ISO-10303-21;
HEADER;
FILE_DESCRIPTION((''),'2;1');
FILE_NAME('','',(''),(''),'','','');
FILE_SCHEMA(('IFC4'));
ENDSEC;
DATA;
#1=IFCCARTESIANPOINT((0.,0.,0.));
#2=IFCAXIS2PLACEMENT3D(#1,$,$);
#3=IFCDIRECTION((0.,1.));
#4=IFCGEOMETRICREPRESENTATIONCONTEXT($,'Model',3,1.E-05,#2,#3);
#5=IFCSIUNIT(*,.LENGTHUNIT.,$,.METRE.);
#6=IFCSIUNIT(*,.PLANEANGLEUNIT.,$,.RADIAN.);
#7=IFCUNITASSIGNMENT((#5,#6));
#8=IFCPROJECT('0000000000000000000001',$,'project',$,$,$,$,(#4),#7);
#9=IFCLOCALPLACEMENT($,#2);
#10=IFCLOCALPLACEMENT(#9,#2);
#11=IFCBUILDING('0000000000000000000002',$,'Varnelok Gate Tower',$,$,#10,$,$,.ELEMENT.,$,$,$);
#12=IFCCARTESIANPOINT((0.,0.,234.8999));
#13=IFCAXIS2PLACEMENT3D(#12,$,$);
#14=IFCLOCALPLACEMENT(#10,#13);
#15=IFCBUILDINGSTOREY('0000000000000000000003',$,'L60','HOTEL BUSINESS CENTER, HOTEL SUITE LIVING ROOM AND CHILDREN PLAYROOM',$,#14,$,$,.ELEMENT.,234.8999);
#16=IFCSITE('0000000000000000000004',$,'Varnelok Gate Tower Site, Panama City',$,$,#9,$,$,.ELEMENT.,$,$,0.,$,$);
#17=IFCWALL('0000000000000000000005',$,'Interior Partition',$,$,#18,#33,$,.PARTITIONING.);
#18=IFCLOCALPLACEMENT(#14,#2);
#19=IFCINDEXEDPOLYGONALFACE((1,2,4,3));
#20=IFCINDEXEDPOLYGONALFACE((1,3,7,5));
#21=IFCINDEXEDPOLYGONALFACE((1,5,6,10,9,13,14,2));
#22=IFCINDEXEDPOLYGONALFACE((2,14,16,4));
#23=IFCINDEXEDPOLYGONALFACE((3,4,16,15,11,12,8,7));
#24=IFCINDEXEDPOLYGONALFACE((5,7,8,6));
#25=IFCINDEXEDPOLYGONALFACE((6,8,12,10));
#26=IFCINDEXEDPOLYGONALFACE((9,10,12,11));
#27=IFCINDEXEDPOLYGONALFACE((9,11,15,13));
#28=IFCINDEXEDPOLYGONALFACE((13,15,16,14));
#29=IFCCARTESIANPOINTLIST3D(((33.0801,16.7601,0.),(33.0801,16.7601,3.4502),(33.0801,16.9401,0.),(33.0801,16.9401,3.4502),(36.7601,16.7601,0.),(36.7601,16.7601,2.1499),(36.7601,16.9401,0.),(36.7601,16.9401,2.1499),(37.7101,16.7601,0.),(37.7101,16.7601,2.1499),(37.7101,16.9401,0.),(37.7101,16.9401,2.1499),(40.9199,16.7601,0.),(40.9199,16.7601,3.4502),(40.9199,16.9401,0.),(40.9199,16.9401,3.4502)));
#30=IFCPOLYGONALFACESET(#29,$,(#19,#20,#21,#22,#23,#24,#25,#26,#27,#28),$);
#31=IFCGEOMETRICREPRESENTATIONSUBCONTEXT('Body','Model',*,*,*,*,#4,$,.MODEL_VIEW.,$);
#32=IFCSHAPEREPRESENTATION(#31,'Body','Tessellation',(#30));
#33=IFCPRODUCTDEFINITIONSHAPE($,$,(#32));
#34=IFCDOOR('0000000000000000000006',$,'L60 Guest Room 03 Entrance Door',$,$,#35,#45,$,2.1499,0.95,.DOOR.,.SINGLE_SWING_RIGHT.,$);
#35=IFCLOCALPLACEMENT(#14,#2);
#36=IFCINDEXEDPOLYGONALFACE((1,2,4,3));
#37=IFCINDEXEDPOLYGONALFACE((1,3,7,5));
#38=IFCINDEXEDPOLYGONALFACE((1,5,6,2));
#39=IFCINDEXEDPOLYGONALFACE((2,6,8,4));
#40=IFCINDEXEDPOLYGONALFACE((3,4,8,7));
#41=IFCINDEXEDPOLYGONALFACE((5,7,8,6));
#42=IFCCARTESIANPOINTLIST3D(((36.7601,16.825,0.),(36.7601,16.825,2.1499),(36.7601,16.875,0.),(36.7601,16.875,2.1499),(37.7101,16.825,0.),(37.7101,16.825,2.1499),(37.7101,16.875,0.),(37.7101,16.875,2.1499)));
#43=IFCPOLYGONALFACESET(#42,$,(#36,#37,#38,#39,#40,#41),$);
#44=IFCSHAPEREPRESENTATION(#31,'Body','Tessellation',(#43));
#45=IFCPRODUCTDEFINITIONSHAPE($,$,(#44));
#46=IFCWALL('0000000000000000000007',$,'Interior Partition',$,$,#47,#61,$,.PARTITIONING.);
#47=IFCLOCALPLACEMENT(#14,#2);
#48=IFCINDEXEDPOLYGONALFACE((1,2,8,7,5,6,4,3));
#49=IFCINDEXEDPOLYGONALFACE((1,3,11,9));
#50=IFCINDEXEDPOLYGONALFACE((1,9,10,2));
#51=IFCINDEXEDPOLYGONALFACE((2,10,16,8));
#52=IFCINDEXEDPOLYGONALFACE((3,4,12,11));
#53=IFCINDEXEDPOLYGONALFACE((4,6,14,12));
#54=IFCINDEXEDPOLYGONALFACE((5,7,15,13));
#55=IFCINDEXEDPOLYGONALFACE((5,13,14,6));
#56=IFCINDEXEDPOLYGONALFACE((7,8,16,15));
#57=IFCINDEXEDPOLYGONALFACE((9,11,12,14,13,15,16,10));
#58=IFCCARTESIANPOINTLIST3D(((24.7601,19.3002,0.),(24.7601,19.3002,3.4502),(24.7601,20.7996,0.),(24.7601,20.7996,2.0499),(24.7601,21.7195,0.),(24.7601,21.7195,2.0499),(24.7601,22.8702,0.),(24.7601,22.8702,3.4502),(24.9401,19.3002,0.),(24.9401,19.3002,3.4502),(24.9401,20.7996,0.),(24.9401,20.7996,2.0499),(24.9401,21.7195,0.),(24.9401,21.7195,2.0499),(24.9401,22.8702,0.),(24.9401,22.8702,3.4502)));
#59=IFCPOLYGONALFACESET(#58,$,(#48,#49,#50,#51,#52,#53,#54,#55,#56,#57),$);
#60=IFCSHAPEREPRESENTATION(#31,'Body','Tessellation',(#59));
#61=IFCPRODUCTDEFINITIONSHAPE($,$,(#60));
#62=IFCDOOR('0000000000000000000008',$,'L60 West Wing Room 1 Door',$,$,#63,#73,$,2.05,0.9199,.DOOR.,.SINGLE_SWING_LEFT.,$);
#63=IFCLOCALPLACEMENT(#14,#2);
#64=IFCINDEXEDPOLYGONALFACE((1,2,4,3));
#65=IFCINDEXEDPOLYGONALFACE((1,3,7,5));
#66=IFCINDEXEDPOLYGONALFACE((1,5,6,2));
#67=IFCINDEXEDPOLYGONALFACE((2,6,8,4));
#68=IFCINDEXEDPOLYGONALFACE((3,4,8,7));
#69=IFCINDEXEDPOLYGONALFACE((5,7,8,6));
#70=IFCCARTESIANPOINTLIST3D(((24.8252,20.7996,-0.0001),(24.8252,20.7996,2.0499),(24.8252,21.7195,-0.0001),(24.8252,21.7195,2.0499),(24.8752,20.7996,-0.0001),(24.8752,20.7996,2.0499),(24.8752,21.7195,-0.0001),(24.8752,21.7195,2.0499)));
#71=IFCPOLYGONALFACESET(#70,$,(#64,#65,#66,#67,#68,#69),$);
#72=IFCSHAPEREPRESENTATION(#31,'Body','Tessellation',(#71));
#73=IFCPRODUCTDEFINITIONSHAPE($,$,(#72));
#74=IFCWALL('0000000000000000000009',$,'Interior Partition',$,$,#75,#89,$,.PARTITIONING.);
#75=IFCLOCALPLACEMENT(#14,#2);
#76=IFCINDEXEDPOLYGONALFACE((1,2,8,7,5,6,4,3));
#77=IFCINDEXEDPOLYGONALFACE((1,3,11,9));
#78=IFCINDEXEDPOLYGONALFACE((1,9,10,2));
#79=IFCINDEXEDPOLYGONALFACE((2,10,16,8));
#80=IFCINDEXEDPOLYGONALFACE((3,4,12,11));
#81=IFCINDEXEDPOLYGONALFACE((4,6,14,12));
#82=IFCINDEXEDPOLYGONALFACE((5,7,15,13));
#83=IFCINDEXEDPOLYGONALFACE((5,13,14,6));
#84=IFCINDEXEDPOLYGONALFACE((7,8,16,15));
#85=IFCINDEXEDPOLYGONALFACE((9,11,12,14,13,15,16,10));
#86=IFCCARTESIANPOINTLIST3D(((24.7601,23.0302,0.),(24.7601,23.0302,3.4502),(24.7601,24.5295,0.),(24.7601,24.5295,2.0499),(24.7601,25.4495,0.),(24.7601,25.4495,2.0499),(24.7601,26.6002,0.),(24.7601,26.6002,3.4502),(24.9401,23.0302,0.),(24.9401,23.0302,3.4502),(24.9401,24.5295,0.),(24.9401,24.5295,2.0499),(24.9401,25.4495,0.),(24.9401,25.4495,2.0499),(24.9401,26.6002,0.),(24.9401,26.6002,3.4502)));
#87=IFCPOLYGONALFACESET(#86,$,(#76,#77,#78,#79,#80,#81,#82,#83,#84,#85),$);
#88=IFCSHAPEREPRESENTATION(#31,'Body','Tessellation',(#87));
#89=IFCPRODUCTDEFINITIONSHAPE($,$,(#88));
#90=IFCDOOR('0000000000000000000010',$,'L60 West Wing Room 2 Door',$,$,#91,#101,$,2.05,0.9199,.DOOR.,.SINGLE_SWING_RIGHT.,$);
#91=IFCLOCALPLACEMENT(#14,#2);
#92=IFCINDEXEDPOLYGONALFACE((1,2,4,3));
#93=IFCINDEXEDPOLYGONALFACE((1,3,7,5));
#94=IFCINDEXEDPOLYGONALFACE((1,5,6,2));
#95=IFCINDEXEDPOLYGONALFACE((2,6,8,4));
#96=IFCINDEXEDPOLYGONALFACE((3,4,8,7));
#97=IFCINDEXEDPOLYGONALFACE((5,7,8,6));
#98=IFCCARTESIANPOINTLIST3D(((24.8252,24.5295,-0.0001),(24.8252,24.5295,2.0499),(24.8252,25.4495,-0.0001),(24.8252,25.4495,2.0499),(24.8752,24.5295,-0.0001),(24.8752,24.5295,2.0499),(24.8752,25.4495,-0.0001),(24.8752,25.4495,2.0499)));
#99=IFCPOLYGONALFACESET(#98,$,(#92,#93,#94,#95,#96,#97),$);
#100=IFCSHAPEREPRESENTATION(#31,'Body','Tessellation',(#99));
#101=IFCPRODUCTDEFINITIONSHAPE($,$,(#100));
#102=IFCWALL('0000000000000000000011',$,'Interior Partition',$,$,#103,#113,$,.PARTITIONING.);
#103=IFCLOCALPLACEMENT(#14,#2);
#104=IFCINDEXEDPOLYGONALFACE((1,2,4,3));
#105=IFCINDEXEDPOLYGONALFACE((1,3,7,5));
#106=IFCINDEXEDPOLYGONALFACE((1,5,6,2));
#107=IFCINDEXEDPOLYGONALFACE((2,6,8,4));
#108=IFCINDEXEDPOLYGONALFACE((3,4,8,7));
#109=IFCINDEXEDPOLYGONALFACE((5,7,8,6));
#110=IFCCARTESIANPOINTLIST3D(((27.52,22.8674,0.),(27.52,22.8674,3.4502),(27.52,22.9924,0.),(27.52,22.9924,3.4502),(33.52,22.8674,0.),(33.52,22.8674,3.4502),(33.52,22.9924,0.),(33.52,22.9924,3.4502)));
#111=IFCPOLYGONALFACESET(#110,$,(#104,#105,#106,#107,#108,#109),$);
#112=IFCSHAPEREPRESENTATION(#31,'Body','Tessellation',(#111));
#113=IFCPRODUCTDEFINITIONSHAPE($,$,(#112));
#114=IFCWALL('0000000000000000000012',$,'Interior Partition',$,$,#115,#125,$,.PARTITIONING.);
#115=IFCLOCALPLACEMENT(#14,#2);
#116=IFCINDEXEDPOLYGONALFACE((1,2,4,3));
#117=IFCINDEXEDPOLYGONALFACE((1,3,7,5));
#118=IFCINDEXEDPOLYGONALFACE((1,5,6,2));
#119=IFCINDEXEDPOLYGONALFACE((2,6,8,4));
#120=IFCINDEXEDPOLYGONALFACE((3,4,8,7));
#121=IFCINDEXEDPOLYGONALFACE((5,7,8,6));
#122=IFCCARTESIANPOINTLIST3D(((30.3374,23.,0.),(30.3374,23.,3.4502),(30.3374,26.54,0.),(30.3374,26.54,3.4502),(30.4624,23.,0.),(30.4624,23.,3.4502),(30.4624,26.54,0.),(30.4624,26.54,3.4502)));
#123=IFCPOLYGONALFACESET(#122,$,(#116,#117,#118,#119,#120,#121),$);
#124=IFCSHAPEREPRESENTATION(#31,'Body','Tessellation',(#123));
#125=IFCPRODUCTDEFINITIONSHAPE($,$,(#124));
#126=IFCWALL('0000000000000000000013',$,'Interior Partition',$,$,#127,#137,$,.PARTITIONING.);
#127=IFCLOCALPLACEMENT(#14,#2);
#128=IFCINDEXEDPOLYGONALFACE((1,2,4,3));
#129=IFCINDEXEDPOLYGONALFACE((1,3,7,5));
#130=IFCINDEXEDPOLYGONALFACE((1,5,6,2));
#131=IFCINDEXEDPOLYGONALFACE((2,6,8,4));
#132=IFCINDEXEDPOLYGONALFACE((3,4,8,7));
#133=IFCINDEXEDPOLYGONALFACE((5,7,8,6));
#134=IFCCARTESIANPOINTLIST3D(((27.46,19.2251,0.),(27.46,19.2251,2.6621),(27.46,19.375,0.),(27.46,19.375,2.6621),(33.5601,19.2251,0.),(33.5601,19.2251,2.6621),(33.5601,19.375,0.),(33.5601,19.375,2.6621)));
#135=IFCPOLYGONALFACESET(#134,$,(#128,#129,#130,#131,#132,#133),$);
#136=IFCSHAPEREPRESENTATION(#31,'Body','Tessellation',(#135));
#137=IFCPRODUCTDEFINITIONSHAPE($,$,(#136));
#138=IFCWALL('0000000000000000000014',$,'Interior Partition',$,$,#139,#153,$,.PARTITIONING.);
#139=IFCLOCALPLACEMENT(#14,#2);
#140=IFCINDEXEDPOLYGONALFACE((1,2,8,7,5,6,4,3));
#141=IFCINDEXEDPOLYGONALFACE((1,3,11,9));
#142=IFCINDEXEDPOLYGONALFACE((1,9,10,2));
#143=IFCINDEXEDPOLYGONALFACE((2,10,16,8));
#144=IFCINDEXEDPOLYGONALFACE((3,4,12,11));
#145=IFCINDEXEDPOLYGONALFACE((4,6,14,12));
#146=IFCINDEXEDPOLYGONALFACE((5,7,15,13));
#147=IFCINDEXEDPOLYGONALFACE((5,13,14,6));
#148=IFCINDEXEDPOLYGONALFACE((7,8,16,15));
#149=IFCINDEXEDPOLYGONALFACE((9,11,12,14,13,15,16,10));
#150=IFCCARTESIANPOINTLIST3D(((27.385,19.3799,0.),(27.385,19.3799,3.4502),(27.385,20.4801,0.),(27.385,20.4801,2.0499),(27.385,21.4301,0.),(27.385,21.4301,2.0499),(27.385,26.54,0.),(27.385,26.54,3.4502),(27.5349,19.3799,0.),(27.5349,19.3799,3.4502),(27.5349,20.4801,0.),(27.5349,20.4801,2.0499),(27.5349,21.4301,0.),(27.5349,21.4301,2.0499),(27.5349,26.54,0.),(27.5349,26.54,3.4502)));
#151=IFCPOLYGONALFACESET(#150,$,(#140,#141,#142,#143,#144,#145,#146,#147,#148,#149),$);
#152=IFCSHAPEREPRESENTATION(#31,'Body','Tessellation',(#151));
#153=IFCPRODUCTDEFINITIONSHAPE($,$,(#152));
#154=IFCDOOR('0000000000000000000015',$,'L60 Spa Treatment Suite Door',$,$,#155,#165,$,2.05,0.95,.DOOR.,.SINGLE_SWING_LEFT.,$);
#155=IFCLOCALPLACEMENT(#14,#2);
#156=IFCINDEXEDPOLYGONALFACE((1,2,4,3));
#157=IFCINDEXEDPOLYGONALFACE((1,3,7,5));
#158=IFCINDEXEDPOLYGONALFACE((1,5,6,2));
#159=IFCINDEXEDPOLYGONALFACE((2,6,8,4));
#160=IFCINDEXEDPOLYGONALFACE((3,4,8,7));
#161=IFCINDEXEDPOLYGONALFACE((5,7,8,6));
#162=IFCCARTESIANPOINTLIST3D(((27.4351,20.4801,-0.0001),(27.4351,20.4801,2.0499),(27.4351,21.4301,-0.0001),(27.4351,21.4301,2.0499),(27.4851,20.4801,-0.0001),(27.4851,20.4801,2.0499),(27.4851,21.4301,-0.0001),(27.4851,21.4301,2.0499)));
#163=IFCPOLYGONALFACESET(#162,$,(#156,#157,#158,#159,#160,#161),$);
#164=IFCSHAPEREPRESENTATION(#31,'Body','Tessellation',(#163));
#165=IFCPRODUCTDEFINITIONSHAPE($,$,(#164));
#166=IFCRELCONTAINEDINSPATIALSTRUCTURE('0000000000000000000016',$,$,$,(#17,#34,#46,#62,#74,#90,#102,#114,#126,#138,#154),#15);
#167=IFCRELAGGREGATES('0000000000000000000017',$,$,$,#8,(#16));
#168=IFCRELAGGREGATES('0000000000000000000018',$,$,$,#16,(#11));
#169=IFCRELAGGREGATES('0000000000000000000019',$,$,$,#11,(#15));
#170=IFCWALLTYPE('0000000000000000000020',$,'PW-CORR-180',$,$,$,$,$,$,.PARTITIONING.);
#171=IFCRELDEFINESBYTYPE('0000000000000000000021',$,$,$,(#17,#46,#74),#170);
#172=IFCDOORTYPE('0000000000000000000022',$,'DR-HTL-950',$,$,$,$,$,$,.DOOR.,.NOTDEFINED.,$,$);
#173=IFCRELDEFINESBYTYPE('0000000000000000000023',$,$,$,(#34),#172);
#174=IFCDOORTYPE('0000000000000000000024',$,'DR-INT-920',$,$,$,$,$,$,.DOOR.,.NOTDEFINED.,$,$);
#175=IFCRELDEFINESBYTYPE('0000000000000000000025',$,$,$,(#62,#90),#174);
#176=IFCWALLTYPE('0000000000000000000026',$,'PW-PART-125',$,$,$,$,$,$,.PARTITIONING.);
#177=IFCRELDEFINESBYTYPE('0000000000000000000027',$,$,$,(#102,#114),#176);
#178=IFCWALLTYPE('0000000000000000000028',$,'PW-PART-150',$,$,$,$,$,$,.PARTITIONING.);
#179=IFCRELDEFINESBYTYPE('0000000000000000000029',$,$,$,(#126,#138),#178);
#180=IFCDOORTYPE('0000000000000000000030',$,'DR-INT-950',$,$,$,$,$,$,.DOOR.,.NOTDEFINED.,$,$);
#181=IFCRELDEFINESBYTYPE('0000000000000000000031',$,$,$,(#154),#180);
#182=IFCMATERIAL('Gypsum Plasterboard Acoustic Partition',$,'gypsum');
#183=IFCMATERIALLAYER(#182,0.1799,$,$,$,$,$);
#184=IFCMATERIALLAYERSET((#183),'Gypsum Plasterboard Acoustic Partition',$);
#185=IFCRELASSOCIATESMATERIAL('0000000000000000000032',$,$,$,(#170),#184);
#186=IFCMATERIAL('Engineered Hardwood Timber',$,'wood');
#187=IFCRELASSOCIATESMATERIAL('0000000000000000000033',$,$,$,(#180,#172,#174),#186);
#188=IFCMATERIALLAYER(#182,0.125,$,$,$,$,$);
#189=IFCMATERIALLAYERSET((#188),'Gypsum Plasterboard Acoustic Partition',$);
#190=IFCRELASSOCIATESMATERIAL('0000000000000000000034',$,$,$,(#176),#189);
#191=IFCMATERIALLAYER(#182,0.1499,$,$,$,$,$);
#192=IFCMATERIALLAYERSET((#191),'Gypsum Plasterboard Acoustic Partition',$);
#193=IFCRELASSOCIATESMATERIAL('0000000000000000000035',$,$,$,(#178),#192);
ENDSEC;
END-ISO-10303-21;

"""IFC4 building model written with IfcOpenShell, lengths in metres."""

from ifc_helpers import new_model, si_unit, direction, frame, frame_2d, origin, place, context, subcontext, project, spatial, rectangle, extrude, material, layer, layer_set, type_object, element, fill, save


model = new_model("IFC4")

# Units and contexts
model_context = context("Model", 3, precision=1e-05, world=origin(), true_north=direction((0.0, 1.0)))
body_context = subcontext(model_context, "Body", "Model", "MODEL_VIEW")
ifc_project = project(units=[si_unit("LENGTHUNIT", "METRE"), si_unit("PLANEANGLEUNIT", "RADIAN")], contexts=[model_context])

# Site, building, storey
site_placement = place(None, origin())
site = spatial("IfcSite", under=ifc_project, at=site_placement, Name="Varnelok Gate Tower Site, Panama City", CompositionType="ELEMENT", RefElevation=0.0)
building_placement = place(site_placement, origin())
building = spatial("IfcBuilding", under=site, at=building_placement, Name="Varnelok Gate Tower", CompositionType="ELEMENT")
storey_placement = place(building_placement, frame((0.0, 0.0, 234.8999)))
storey = spatial("IfcBuildingStorey", under=building, at=storey_placement, Name="L60", Description="HOTEL BUSINESS CENTER, HOTEL SUITE LIVING ROOM AND CHILDREN PLAYROOM", CompositionType="ELEMENT", Elevation=234.8999)

# Walls, openings, doors
ifc_material_1 = material(Name="Gypsum Plasterboard Acoustic Partition", Category="gypsum")
ifc_layer_1 = layer(ifc_material_1, 0.1799)
ifc_layer_set_1 = layer_set([ifc_layer_1], Name="Gypsum Plasterboard Acoustic Partition")
wall_type_1 = type_object("IfcWallType", Name="PW-CORR-180", PredefinedType="PARTITIONING", material=ifc_layer_set_1)
ifc_material_2 = material(Name="Engineered Hardwood Timber", Category="wood")
door_type_1 = type_object("IfcDoorType", Name="DR-INT-950", OperationType="NOTDEFINED", PredefinedType="DOOR", material=ifc_material_2)
wall_1_placement = place(storey_placement, frame((33.0801, 16.8501, 0.0), z_axis=(0.0, 0.0, 1.0), x_axis=(1.0, 0.0, 0.0)))
wall_1 = element("IfcWall", 1, at=wall_1_placement, inside=storey, type_object=wall_type_1, Name="Interior Partition", PredefinedType="PARTITIONING", context=body_context, shape_type="SweptSolid", body=[
    extrude(rectangle(XDim=7.8398, YDim=0.1799, at=frame_2d((3.9199, 0.0))), origin(), (0.0, 0.0, 1.0), 3.4502),
])
opening_1_placement = place(wall_1_placement, frame((3.6799, 0.0, 0.0)))
opening_1 = element("IfcOpeningElement", 2, at=opening_1_placement, cuts=wall_1, PredefinedType="OPENING", context=body_context, shape_type="SweptSolid", body=[
    extrude(rectangle(XDim=0.95, YDim=2.1499, at=frame_2d((0.4751, 1.075))), frame((0.0, 0.0999, 0.0), z_axis=(0.0, -1.0, 0.0), x_axis=(1.0, 0.0, 0.0)), (0.0, 0.0, 1.0), 0.2),
])
door_type_2 = type_object("IfcDoorType", Name="DR-HTL-950", OperationType="NOTDEFINED", PredefinedType="DOOR", material=ifc_material_2)
door_1_placement = place(opening_1_placement, origin())
door_1 = element("IfcDoor", 3, at=door_1_placement, inside=storey, type_object=door_type_2, Name="L60 Guest Room 03 Entrance Door", OperationType="SINGLE_SWING_RIGHT", OverallHeight=2.1499, OverallWidth=0.95, PredefinedType="DOOR", context=body_context, shape_type="SweptSolid", body=[
    extrude(rectangle(XDim=0.95, YDim=2.1499, at=frame_2d((0.4751, 1.075))), frame((0.0, 0.0249, 0.0), z_axis=(0.0, -1.0, 0.0), x_axis=(1.0, 0.0, 0.0)), (0.0, 0.0, 1.0), 0.05),
])
fill(opening_1, door_1)
wall_2_placement = place(storey_placement, frame((24.8501, 19.3, 0.0), z_axis=(0.0, 0.0, 1.0), x_axis=(0.0, 1.0, 0.0)))
wall_2 = element("IfcWall", 4, at=wall_2_placement, inside=storey, type_object=wall_type_1, Name="Interior Partition", PredefinedType="PARTITIONING", context=body_context, shape_type="SweptSolid", body=[
    extrude(rectangle(XDim=3.5701, YDim=0.1799, at=frame_2d((1.7852, 0.0))), origin(), (0.0, 0.0, 1.0), 3.4502),
])
opening_2_placement = place(wall_2_placement, frame((1.4995, 0.0, 0.0)))
opening_2 = element("IfcOpeningElement", 5, at=opening_2_placement, cuts=wall_2, PredefinedType="OPENING", context=body_context, shape_type="SweptSolid", body=[
    extrude(rectangle(XDim=0.9199, YDim=2.05, at=frame_2d((0.46, 1.0249))), frame((0.0, 0.0999, 0.0), z_axis=(0.0, -1.0, 0.0), x_axis=(1.0, 0.0, 0.0)), (0.0, 0.0, 1.0), 0.2),
])
door_type_3 = type_object("IfcDoorType", Name="DR-INT-920", OperationType="NOTDEFINED", PredefinedType="DOOR", material=ifc_material_2)
door_2_placement = place(opening_2_placement, origin())
door_2 = element("IfcDoor", 6, at=door_2_placement, inside=storey, type_object=door_type_3, Name="L60 West Wing Room 1 Door", OperationType="SINGLE_SWING_LEFT", OverallHeight=2.05, OverallWidth=0.9199, PredefinedType="DOOR", context=body_context, shape_type="SweptSolid", body=[
    extrude(rectangle(XDim=0.9199, YDim=2.05, at=frame_2d((0.46, 1.0249))), frame((0.0, 0.0249, 0.0), z_axis=(0.0, -1.0, 0.0), x_axis=(1.0, 0.0, 0.0)), (0.0, 0.0, 1.0), 0.05),
])
fill(opening_2, door_2)
wall_3_placement = place(storey_placement, frame((24.8501, 23.03, 0.0), z_axis=(0.0, 0.0, 1.0), x_axis=(0.0, 1.0, 0.0)))
wall_3 = element("IfcWall", 7, at=wall_3_placement, inside=storey, type_object=wall_type_1, Name="Interior Partition", PredefinedType="PARTITIONING", context=body_context, shape_type="SweptSolid", body=[
    extrude(rectangle(XDim=3.5701, YDim=0.1799, at=frame_2d((1.7852, 0.0))), origin(), (0.0, 0.0, 1.0), 3.4502),
])
opening_3_placement = place(wall_3_placement, frame((1.4995, 0.0, 0.0)))
opening_3 = element("IfcOpeningElement", 8, at=opening_3_placement, cuts=wall_3, PredefinedType="OPENING", context=body_context, shape_type="SweptSolid", body=[
    extrude(rectangle(XDim=0.9199, YDim=2.05, at=frame_2d((0.46, 1.0249))), frame((0.0, 0.0999, 0.0), z_axis=(0.0, -1.0, 0.0), x_axis=(1.0, 0.0, 0.0)), (0.0, 0.0, 1.0), 0.2),
])
door_3_placement = place(opening_3_placement, origin())
door_3 = element("IfcDoor", 9, at=door_3_placement, inside=storey, type_object=door_type_3, Name="L60 West Wing Room 2 Door", OperationType="SINGLE_SWING_RIGHT", OverallHeight=2.05, OverallWidth=0.9199, PredefinedType="DOOR", context=body_context, shape_type="SweptSolid", body=[
    extrude(rectangle(XDim=0.9199, YDim=2.05, at=frame_2d((0.46, 1.0249))), frame((0.0, 0.0249, 0.0), z_axis=(0.0, -1.0, 0.0), x_axis=(1.0, 0.0, 0.0)), (0.0, 0.0, 1.0), 0.05),
])
fill(opening_3, door_3)

# Walls
ifc_layer_2 = layer(ifc_material_1, 0.125)
ifc_layer_set_2 = layer_set([ifc_layer_2], Name="Gypsum Plasterboard Acoustic Partition")
wall_type_2 = type_object("IfcWallType", Name="PW-PART-125", PredefinedType="PARTITIONING", material=ifc_layer_set_2)
wall_4_placement = place(storey_placement, frame((27.52, 22.9299, 0.0), z_axis=(0.0, 0.0, 1.0), x_axis=(1.0, 0.0, 0.0)))
element("IfcWall", 10, at=wall_4_placement, inside=storey, type_object=wall_type_2, Name="Interior Partition", PredefinedType="PARTITIONING", context=body_context, shape_type="SweptSolid", body=[
    extrude(rectangle(XDim=6.0, YDim=0.125, at=frame_2d((3.0, 0.0))), origin(), (0.0, 0.0, 1.0), 3.4502),
])
wall_5_placement = place(storey_placement, frame((30.3999, 23.0, 0.0), z_axis=(0.0, 0.0, 1.0), x_axis=(0.0, 1.0, 0.0)))
element("IfcWall", 11, at=wall_5_placement, inside=storey, type_object=wall_type_2, Name="Interior Partition", PredefinedType="PARTITIONING", context=body_context, shape_type="SweptSolid", body=[
    extrude(rectangle(XDim=3.54, YDim=0.125, at=frame_2d((1.77, 0.0))), origin(), (0.0, 0.0, 1.0), 3.4502),
])
ifc_layer_3 = layer(ifc_material_1, 0.1499)
ifc_layer_set_3 = layer_set([ifc_layer_3], Name="Gypsum Plasterboard Acoustic Partition")
wall_type_3 = type_object("IfcWallType", Name="PW-PART-150", PredefinedType="PARTITIONING", material=ifc_layer_set_3)
wall_6_placement = place(storey_placement, frame((27.46, 19.3, 0.0), z_axis=(0.0, 0.0, 1.0), x_axis=(1.0, 0.0, 0.0)))
element("IfcWall", 12, at=wall_6_placement, inside=storey, type_object=wall_type_3, Name="Interior Partition", PredefinedType="PARTITIONING", context=body_context, shape_type="SweptSolid", body=[
    extrude(rectangle(XDim=6.1001, YDim=0.1499, at=frame_2d((3.05, 0.0))), origin(), (0.0, 0.0, 1.0), 2.6621),
])

# Wall, opening, door
wall_7_placement = place(storey_placement, frame((27.46, 19.3799, 0.0), z_axis=(0.0, 0.0, 1.0), x_axis=(0.0, 1.0, 0.0)))
wall_7 = element("IfcWall", 13, at=wall_7_placement, inside=storey, type_object=wall_type_3, Name="Interior Partition", PredefinedType="PARTITIONING", context=body_context, shape_type="SweptSolid", body=[
    extrude(rectangle(XDim=7.1602, YDim=0.1499, at=frame_2d((3.5801, 0.0))), origin(), (0.0, 0.0, 1.0), 3.4502),
])
opening_4_placement = place(wall_7_placement, frame((1.1001, 0.0, 0.0)))
opening_4 = element("IfcOpeningElement", 14, at=opening_4_placement, cuts=wall_7, PredefinedType="OPENING", context=body_context, shape_type="SweptSolid", body=[
    extrude(rectangle(XDim=0.95, YDim=2.05, at=frame_2d((0.4751, 1.0249))), frame((0.0, 0.085, 0.0), z_axis=(0.0, -1.0, 0.0), x_axis=(1.0, 0.0, 0.0)), (0.0, 0.0, 1.0), 0.1699),
])
door_4_placement = place(opening_4_placement, origin())
door_4 = element("IfcDoor", 15, at=door_4_placement, inside=storey, type_object=door_type_1, Name="L60 Spa Treatment Suite Door", OperationType="SINGLE_SWING_LEFT", OverallHeight=2.05, OverallWidth=0.95, PredefinedType="DOOR", context=body_context, shape_type="SweptSolid", body=[
    extrude(rectangle(XDim=0.95, YDim=2.05, at=frame_2d((0.4751, 1.0249))), frame((0.0, 0.0249, 0.0), z_axis=(0.0, -1.0, 0.0), x_axis=(1.0, 0.0, 0.0)), (0.0, 0.0, 1.0), 0.05),
])
fill(opening_4, door_4)

save(model, "model.ifc")
